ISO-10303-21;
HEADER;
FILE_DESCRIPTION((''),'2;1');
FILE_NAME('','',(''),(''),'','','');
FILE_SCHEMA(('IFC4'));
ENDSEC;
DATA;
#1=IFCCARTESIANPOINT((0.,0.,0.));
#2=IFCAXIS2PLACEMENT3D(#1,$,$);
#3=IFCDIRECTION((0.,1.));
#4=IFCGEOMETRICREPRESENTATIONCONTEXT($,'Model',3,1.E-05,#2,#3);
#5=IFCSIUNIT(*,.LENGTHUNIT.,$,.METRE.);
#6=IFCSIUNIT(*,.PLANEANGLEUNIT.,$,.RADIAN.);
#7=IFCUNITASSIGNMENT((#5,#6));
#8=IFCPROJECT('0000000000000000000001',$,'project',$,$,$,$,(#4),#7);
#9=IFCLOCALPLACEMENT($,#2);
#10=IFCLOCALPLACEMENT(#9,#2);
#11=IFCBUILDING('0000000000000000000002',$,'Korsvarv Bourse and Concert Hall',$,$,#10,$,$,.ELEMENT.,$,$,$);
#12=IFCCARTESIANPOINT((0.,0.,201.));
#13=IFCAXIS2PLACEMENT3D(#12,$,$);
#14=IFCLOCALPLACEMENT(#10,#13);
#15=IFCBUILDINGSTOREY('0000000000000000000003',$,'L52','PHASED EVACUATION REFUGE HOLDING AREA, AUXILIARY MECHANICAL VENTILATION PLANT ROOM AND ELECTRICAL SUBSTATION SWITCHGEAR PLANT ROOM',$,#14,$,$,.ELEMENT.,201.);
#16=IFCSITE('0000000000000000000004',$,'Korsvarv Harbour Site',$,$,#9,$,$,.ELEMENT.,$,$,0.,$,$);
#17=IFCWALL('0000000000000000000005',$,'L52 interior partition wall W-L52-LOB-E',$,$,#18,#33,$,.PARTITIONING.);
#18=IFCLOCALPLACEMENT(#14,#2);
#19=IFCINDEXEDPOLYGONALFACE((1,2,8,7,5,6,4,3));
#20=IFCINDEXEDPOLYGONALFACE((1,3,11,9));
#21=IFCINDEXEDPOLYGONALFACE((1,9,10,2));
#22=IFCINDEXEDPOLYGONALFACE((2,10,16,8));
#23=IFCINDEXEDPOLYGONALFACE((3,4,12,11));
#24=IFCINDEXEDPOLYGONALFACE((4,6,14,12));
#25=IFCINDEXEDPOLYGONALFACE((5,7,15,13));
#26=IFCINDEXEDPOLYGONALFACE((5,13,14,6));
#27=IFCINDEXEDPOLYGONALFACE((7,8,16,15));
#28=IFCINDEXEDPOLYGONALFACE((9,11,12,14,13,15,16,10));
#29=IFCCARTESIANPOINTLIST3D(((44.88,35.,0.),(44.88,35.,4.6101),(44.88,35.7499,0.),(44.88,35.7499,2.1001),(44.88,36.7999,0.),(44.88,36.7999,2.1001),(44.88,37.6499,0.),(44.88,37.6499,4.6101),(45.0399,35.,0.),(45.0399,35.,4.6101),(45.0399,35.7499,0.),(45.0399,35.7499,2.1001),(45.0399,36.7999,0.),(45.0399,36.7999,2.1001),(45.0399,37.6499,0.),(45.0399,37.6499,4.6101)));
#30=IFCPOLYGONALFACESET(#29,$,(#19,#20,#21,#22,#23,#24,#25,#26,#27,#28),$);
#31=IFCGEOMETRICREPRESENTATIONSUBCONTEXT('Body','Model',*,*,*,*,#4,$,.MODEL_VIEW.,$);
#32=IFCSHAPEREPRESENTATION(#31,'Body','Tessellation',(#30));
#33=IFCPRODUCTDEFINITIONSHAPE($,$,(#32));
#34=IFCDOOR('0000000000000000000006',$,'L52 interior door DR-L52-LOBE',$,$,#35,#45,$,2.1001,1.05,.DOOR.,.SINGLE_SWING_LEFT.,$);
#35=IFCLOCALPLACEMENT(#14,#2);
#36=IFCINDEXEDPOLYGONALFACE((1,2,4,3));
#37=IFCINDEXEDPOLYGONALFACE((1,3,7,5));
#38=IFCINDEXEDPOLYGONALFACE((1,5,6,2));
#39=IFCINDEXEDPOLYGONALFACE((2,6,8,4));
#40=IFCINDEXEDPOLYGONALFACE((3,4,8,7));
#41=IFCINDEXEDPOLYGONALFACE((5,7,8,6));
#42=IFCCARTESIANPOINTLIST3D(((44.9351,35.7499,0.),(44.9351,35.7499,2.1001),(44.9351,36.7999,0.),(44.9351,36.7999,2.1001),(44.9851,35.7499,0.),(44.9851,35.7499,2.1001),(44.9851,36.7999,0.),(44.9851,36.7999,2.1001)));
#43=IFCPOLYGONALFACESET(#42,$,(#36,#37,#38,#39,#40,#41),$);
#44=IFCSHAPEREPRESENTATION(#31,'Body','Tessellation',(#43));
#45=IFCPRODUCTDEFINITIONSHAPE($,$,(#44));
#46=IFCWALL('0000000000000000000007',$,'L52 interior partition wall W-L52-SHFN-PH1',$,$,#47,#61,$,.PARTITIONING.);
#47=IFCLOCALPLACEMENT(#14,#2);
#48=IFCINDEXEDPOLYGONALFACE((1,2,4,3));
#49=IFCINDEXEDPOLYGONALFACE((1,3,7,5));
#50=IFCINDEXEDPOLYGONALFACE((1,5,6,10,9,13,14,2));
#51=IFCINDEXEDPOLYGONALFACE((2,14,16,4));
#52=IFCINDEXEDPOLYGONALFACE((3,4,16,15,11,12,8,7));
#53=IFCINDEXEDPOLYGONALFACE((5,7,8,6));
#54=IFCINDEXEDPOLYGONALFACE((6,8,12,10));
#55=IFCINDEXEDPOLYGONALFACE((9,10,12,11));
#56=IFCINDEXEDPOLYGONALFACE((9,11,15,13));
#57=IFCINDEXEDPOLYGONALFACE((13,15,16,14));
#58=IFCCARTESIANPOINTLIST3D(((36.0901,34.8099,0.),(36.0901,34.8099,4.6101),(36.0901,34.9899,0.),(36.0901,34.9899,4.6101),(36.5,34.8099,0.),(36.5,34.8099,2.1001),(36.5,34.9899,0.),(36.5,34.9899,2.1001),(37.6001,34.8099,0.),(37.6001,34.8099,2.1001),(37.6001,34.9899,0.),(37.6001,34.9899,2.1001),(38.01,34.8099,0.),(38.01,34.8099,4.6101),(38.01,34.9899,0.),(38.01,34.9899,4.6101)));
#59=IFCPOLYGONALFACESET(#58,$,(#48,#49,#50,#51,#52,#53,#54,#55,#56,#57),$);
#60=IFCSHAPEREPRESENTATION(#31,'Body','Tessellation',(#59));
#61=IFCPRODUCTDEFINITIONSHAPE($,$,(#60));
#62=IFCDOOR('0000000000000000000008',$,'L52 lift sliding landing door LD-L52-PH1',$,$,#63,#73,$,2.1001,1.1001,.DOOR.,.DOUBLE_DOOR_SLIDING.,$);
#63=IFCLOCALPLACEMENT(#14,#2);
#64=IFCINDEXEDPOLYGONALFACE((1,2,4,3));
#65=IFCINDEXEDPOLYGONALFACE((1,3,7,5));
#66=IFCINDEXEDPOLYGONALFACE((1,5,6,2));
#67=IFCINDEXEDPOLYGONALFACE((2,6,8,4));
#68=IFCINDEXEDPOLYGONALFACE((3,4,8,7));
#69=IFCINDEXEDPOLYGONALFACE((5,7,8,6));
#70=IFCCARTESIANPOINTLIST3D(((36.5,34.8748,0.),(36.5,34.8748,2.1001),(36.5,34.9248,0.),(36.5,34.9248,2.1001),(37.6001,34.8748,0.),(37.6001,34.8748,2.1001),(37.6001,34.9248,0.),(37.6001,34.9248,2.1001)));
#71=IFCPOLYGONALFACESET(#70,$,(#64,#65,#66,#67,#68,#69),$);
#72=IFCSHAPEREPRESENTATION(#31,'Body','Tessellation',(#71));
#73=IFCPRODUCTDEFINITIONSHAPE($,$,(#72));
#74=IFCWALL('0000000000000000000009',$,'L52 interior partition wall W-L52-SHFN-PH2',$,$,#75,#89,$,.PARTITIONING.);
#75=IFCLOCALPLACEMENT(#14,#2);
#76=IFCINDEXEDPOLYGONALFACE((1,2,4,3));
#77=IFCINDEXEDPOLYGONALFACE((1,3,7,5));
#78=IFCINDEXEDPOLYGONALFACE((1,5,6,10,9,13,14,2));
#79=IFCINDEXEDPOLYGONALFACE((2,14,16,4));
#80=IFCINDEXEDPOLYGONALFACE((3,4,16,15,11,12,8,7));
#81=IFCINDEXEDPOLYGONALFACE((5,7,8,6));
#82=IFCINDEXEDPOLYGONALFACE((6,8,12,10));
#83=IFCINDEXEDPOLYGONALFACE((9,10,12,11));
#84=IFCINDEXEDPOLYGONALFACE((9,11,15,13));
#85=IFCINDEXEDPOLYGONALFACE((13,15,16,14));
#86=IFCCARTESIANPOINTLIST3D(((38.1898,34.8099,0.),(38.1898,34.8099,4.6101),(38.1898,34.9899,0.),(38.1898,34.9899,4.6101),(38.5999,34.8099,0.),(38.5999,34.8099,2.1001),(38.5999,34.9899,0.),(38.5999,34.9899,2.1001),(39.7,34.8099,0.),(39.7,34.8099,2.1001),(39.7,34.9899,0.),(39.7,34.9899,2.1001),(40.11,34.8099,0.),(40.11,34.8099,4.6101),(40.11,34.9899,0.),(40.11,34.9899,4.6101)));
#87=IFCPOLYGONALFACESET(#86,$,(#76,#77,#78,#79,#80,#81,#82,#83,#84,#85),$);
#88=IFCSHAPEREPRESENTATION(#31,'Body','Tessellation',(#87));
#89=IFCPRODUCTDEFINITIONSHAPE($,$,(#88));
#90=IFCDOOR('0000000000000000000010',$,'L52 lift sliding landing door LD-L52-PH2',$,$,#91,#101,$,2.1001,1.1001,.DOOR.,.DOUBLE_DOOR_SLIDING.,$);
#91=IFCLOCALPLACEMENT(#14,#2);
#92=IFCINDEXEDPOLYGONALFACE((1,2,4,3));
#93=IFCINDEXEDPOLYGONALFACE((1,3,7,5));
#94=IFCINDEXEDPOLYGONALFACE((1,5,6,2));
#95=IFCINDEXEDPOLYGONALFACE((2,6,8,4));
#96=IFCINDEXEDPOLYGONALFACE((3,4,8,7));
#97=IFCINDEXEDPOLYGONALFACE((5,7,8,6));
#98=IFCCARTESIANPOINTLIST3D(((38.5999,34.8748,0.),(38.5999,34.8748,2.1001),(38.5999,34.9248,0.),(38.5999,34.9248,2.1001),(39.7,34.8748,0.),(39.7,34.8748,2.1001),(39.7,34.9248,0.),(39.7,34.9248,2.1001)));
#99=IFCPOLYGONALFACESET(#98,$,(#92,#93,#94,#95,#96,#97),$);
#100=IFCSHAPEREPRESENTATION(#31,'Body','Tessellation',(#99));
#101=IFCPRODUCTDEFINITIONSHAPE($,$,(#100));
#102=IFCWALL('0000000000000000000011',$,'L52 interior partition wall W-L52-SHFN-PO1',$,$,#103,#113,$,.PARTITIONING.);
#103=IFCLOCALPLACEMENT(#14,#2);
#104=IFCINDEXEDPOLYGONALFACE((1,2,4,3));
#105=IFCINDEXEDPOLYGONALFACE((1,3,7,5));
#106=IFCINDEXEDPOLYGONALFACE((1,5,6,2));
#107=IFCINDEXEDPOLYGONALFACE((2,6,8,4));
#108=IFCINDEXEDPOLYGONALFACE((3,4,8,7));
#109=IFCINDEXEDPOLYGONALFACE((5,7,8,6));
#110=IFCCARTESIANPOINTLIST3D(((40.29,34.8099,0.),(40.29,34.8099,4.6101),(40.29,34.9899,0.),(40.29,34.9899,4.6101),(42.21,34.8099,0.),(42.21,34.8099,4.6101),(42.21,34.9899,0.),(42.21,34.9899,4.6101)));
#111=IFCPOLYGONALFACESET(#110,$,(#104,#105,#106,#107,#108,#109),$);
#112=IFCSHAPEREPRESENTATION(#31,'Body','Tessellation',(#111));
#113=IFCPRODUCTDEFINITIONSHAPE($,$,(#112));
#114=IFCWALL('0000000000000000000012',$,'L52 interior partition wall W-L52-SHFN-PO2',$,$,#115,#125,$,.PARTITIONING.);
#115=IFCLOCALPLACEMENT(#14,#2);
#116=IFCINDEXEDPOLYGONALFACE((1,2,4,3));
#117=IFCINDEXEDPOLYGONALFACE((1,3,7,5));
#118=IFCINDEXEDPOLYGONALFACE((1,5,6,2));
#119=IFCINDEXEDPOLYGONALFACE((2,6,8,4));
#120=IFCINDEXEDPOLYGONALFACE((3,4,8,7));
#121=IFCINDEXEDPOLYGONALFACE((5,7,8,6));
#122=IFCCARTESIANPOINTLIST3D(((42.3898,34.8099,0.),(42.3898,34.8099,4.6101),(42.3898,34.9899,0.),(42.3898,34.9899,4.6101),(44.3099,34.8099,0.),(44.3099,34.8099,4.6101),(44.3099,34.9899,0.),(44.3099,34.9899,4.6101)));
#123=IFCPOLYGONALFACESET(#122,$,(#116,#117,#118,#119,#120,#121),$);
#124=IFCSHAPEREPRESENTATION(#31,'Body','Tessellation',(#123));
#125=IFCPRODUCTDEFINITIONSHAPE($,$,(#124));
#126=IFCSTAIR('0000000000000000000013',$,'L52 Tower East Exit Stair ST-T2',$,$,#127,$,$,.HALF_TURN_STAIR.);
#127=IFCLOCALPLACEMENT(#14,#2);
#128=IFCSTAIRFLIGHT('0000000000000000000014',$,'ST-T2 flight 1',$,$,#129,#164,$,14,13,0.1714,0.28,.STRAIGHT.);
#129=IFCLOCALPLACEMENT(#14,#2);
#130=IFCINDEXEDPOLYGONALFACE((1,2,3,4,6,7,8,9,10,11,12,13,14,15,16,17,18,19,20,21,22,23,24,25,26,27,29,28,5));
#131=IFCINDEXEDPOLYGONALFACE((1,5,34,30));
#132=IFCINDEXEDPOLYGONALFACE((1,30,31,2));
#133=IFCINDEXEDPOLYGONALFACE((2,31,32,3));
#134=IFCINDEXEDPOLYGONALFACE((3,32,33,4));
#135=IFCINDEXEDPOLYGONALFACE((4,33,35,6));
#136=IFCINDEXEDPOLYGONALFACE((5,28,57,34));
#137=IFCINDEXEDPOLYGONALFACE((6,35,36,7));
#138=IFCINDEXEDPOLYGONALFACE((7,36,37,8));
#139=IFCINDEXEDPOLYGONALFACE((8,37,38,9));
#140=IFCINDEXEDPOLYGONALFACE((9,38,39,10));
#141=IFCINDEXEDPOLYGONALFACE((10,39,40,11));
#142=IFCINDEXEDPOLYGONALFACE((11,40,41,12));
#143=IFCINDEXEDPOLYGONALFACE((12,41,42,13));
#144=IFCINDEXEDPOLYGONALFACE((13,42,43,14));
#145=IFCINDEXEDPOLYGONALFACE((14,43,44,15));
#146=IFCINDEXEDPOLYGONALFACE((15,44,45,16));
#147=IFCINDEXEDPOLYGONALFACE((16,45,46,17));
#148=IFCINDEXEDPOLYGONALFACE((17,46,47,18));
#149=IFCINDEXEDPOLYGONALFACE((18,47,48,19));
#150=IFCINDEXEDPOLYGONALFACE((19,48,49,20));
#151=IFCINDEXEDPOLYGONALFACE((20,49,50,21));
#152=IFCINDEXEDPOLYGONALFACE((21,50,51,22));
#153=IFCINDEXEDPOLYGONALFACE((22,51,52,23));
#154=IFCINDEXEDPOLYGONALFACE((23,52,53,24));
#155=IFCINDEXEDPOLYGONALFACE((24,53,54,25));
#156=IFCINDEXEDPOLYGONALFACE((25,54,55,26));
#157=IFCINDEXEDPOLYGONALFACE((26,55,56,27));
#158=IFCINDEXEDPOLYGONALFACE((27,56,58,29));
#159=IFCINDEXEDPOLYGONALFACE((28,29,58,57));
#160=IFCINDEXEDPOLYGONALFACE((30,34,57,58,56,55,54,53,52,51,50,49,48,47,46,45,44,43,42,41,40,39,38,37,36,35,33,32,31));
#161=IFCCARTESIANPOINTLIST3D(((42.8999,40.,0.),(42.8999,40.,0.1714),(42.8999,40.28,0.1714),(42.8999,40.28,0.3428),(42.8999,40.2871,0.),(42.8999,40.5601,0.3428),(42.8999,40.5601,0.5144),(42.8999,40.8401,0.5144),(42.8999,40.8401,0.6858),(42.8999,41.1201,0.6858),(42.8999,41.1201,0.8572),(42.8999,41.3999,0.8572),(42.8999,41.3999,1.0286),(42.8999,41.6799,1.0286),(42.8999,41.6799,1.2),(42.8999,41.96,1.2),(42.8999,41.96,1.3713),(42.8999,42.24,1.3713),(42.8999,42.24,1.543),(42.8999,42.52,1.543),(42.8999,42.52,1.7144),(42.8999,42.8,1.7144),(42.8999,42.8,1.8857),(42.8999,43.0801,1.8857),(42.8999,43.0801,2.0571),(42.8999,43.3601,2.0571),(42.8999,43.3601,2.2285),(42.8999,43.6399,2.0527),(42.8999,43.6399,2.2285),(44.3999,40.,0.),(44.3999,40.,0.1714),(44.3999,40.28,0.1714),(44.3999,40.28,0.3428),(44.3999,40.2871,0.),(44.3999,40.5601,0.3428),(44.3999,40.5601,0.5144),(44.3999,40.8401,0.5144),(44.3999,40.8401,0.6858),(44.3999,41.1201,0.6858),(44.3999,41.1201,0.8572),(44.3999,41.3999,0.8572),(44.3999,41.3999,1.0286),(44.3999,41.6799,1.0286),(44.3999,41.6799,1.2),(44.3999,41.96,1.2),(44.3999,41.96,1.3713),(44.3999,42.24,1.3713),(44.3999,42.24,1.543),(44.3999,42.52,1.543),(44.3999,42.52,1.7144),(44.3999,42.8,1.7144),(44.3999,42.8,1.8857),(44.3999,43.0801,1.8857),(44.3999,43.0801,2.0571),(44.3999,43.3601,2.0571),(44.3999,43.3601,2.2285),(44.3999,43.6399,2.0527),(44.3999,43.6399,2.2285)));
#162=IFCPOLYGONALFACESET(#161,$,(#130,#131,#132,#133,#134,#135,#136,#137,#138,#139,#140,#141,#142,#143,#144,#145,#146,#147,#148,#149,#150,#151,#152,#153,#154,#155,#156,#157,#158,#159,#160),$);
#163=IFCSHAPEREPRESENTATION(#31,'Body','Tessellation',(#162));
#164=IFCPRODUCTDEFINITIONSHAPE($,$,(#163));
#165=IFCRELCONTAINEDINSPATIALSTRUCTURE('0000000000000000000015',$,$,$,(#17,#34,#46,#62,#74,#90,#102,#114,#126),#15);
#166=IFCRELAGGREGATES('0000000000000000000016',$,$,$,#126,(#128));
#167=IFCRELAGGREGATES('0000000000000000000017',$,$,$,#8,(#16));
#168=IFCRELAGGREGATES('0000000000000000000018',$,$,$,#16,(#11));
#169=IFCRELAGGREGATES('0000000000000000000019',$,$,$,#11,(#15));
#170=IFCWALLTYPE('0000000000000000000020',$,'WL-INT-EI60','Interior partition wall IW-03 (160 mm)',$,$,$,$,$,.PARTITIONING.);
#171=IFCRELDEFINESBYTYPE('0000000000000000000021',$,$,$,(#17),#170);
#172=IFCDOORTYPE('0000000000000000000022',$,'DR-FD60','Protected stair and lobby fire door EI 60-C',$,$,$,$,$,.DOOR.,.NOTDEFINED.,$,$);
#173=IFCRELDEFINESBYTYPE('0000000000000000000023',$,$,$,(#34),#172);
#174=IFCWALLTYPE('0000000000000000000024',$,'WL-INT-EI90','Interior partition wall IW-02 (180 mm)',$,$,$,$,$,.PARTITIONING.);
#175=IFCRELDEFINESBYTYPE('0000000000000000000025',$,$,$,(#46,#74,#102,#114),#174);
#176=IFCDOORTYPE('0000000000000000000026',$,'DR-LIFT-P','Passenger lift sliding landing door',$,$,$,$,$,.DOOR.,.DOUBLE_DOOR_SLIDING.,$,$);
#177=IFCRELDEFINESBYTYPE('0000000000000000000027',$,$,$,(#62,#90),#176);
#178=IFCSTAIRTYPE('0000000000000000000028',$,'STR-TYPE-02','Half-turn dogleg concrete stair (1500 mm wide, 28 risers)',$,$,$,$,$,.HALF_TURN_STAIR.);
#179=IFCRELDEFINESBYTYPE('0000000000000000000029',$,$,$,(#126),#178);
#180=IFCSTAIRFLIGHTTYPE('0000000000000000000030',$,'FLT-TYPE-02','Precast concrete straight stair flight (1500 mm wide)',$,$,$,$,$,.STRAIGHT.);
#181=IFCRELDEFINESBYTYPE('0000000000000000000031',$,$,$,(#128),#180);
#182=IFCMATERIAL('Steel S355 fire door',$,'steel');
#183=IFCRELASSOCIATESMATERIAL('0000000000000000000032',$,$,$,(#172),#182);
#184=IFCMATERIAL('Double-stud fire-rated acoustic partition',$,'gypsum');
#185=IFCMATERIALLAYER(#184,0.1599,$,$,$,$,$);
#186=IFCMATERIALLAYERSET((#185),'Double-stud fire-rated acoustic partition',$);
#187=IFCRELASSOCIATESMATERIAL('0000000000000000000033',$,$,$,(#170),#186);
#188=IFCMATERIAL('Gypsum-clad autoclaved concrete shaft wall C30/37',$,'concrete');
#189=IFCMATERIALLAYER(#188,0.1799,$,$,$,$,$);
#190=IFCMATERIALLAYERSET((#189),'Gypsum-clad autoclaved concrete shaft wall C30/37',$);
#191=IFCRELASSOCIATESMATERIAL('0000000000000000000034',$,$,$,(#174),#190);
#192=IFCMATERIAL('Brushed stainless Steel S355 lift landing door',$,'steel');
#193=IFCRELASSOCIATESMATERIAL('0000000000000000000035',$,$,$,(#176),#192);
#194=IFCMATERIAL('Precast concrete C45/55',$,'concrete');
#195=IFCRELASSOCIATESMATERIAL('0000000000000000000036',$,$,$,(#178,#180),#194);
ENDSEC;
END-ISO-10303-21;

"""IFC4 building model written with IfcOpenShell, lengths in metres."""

from ifc_helpers import new_model, si_unit, direction, frame, frame_2d, origin, place, context, subcontext, project, spatial, polyline, rectangle, outline, extrude, material, layer, layer_set, type_object, element, fill, aggregate, save


model = new_model("IFC4")

# Units and contexts
model_context = context("Model", 3, precision=1e-05, world=origin(), true_north=direction((0.0, 1.0)))
body_context = subcontext(model_context, "Body", "Model", "MODEL_VIEW")
ifc_project = project(units=[si_unit("LENGTHUNIT", "METRE"), si_unit("PLANEANGLEUNIT", "RADIAN")], contexts=[model_context])

# Site, building, storey
site_placement = place(None, origin())
site = spatial("IfcSite", under=ifc_project, at=site_placement, Name="Korsvarv Harbour Site", CompositionType="ELEMENT", RefElevation=0.0)
building_placement = place(site_placement, origin())
building = spatial("IfcBuilding", under=site, at=building_placement, Name="Korsvarv Bourse and Concert Hall", CompositionType="ELEMENT")
storey_placement = place(building_placement, frame((0.0, 0.0, 201.0)))
storey = spatial("IfcBuildingStorey", under=building, at=storey_placement, Name="L52", Description="PHASED EVACUATION REFUGE HOLDING AREA, AUXILIARY MECHANICAL VENTILATION PLANT ROOM AND ELECTRICAL SUBSTATION SWITCHGEAR PLANT ROOM", CompositionType="ELEMENT", Elevation=201.0)

# Shared definitions
ifc_material_1 = material(Name="Steel S355 fire door", Category="steel")
door_type_1 = type_object("IfcDoorType", Name="DR-FD60", Description="Protected stair and lobby fire door EI 60-C", OperationType="NOTDEFINED", PredefinedType="DOOR", material=ifc_material_1)

# Shared definitions
ifc_material_2 = material(Name="Double-stud fire-rated acoustic partition", Category="gypsum")
ifc_layer_1 = layer(ifc_material_2, 0.1599)
ifc_layer_set_1 = layer_set([ifc_layer_1], Name="Double-stud fire-rated acoustic partition")
wall_type_1 = type_object("IfcWallType", Name="WL-INT-EI60", Description="Interior partition wall IW-03 (160 mm)", PredefinedType="PARTITIONING", material=ifc_layer_set_1)

# Walls, openings, doors
wall_1_placement = place(storey_placement, frame((44.96, 35.0, 0.0), z_axis=(0.0, 0.0, 1.0), x_axis=(0.0, 1.0, 0.0)))
wall_1 = element("IfcWall", 1, at=wall_1_placement, inside=storey, type_object=wall_type_1, Name="L52 interior partition wall W-L52-LOB-E", PredefinedType="PARTITIONING", context=body_context, shape_type="SweptSolid", body=[
    extrude(rectangle(XDim=2.6499, YDim=0.1599, at=frame_2d((1.325, 0.0))), origin(), (0.0, 0.0, 1.0), 4.6101),
])
opening_1_placement = place(wall_1_placement, frame((0.75, 0.0, 0.0)))
opening_1 = element("IfcOpeningElement", 2, at=opening_1_placement, cuts=wall_1, PredefinedType="OPENING", context=body_context, shape_type="SweptSolid", body=[
    extrude(rectangle(XDim=1.05, YDim=2.1001, at=frame_2d((0.5249, 1.05))), frame((0.0, 0.0898, 0.0), z_axis=(0.0, -1.0, 0.0), x_axis=(1.0, 0.0, 0.0)), (0.0, 0.0, 1.0), 0.1799),
])
door_1_placement = place(opening_1_placement, origin())
door_1 = element("IfcDoor", 3, at=door_1_placement, inside=storey, type_object=door_type_1, Name="L52 interior door DR-L52-LOBE", OperationType="SINGLE_SWING_LEFT", OverallHeight=2.1001, OverallWidth=1.05, PredefinedType="DOOR", context=body_context, shape_type="SweptSolid", body=[
    extrude(rectangle(XDim=1.05, YDim=2.1001, at=frame_2d((0.5249, 1.05))), frame((0.0, 0.0249, 0.0), z_axis=(0.0, -1.0, 0.0), x_axis=(1.0, 0.0, 0.0)), (0.0, 0.0, 1.0), 0.05),
])
fill(opening_1, door_1)
ifc_material_3 = material(Name="Gypsum-clad autoclaved concrete shaft wall C30/37", Category="concrete")
ifc_layer_2 = layer(ifc_material_3, 0.1799)
ifc_layer_set_2 = layer_set([ifc_layer_2], Name="Gypsum-clad autoclaved concrete shaft wall C30/37")
wall_type_2 = type_object("IfcWallType", Name="WL-INT-EI90", Description="Interior partition wall IW-02 (180 mm)", PredefinedType="PARTITIONING", material=ifc_layer_set_2)
wall_2_placement = place(storey_placement, frame((36.0901, 34.8999, 0.0), z_axis=(0.0, 0.0, 1.0), x_axis=(1.0, 0.0, 0.0)))
wall_2 = element("IfcWall", 4, at=wall_2_placement, inside=storey, type_object=wall_type_2, Name="L52 interior partition wall W-L52-SHFN-PH1", PredefinedType="PARTITIONING", context=body_context, shape_type="SweptSolid", body=[
    extrude(rectangle(XDim=1.9199, YDim=0.1799, at=frame_2d((0.96, 0.0))), origin(), (0.0, 0.0, 1.0), 4.6101),
])
opening_2_placement = place(wall_2_placement, frame((0.4099, 0.0, 0.0)))
opening_2 = element("IfcOpeningElement", 5, at=opening_2_placement, cuts=wall_2, PredefinedType="OPENING", context=body_context, shape_type="SweptSolid", body=[
    extrude(rectangle(XDim=1.1001, YDim=2.1001, at=frame_2d((0.55, 1.05))), frame((0.0, 0.1001, 0.0), z_axis=(0.0, -1.0, 0.0), x_axis=(1.0, 0.0, 0.0)), (0.0, 0.0, 1.0), 0.2),
])
ifc_material_4 = material(Name="Brushed stainless Steel S355 lift landing door", Category="steel")
door_type_2 = type_object("IfcDoorType", Name="DR-LIFT-P", Description="Passenger lift sliding landing door", OperationType="DOUBLE_DOOR_SLIDING", PredefinedType="DOOR", material=ifc_material_4)
door_2_placement = place(opening_2_placement, origin())
door_2 = element("IfcDoor", 6, at=door_2_placement, inside=storey, type_object=door_type_2, Name="L52 lift sliding landing door LD-L52-PH1", OperationType="DOUBLE_DOOR_SLIDING", OverallHeight=2.1001, OverallWidth=1.1001, PredefinedType="DOOR", context=body_context, shape_type="SweptSolid", body=[
    extrude(rectangle(XDim=1.1001, YDim=2.1001, at=frame_2d((0.55, 1.05))), frame((0.0, 0.0249, 0.0), z_axis=(0.0, -1.0, 0.0), x_axis=(1.0, 0.0, 0.0)), (0.0, 0.0, 1.0), 0.05),
])
fill(opening_2, door_2)
wall_3_placement = place(storey_placement, frame((38.1899, 34.8999, 0.0), z_axis=(0.0, 0.0, 1.0), x_axis=(1.0, 0.0, 0.0)))
wall_3 = element("IfcWall", 7, at=wall_3_placement, inside=storey, type_object=wall_type_2, Name="L52 interior partition wall W-L52-SHFN-PH2", PredefinedType="PARTITIONING", context=body_context, shape_type="SweptSolid", body=[
    extrude(rectangle(XDim=1.9202, YDim=0.1799, at=frame_2d((0.96, 0.0))), origin(), (0.0, 0.0, 1.0), 4.6101),
])
opening_3_placement = place(wall_3_placement, frame((0.4099, 0.0, 0.0)))
opening_3 = element("IfcOpeningElement", 8, at=opening_3_placement, cuts=wall_3, PredefinedType="OPENING", context=body_context, shape_type="SweptSolid", body=[
    extrude(rectangle(XDim=1.1001, YDim=2.1001, at=frame_2d((0.55, 1.05))), frame((0.0, 0.1001, 0.0), z_axis=(0.0, -1.0, 0.0), x_axis=(1.0, 0.0, 0.0)), (0.0, 0.0, 1.0), 0.2),
])
door_3_placement = place(opening_3_placement, origin())
door_3 = element("IfcDoor", 9, at=door_3_placement, inside=storey, type_object=door_type_2, Name="L52 lift sliding landing door LD-L52-PH2", OperationType="DOUBLE_DOOR_SLIDING", OverallHeight=2.1001, OverallWidth=1.1001, PredefinedType="DOOR", context=body_context, shape_type="SweptSolid", body=[
    extrude(rectangle(XDim=1.1001, YDim=2.1001, at=frame_2d((0.55, 1.05))), frame((0.0, 0.0249, 0.0), z_axis=(0.0, -1.0, 0.0), x_axis=(1.0, 0.0, 0.0)), (0.0, 0.0, 1.0), 0.05),
])
fill(opening_3, door_3)

# Walls
wall_4_placement = place(storey_placement, frame((40.29, 34.8999, 0.0), z_axis=(0.0, 0.0, 1.0), x_axis=(1.0, 0.0, 0.0)))
element("IfcWall", 10, at=wall_4_placement, inside=storey, type_object=wall_type_2, Name="L52 interior partition wall W-L52-SHFN-PO1", PredefinedType="PARTITIONING", context=body_context, shape_type="SweptSolid", body=[
    extrude(rectangle(XDim=1.9199, YDim=0.1799, at=frame_2d((0.96, 0.0))), origin(), (0.0, 0.0, 1.0), 4.6101),
])
wall_5_placement = place(storey_placement, frame((42.3899, 34.8999, 0.0), z_axis=(0.0, 0.0, 1.0), x_axis=(1.0, 0.0, 0.0)))
element("IfcWall", 11, at=wall_5_placement, inside=storey, type_object=wall_type_2, Name="L52 interior partition wall W-L52-SHFN-PO2", PredefinedType="PARTITIONING", context=body_context, shape_type="SweptSolid", body=[
    extrude(rectangle(XDim=1.9202, YDim=0.1799, at=frame_2d((0.96, 0.0))), origin(), (0.0, 0.0, 1.0), 4.6101),
])

# Stair, stair flight
ifc_material_5 = material(Name="Precast concrete C45/55", Category="concrete")
stair_type = type_object("IfcStairType", Name="STR-TYPE-02", Description="Half-turn dogleg concrete stair (1500 mm wide, 28 risers)", PredefinedType="HALF_TURN_STAIR", material=ifc_material_5)
stair_placement = place(storey_placement, origin())
stair = element("IfcStair", 12, at=stair_placement, inside=storey, type_object=stair_type, Name="L52 Tower East Exit Stair ST-T2", PredefinedType="HALF_TURN_STAIR")
stair_flight_type = type_object("IfcStairFlightType", Name="FLT-TYPE-02", Description="Precast concrete straight stair flight (1500 mm wide)", PredefinedType="STRAIGHT", material=ifc_material_5)
stair_flight_placement = place(storey_placement, frame((43.6499, 40.0, 0.0), z_axis=(0.0, 0.0, 1.0), x_axis=(0.0, 1.0, 0.0)))
stair_flight = element("IfcStairFlight", 13, at=stair_flight_placement, type_object=stair_flight_type, Name="ST-T2 flight 1", NumberOfRisers=14, NumberOfTreads=13, PredefinedType="STRAIGHT", RiserHeight=0.1714, TreadLength=0.28, context=body_context, shape_type="SweptSolid", body=[
    extrude(outline(polyline([(0.0, 0.0), (0.0, 0.1714), (0.28, 0.1714), (0.28, 0.3428), (0.5601, 0.3428), (0.5601, 0.5144), (0.8401, 0.5144), (0.8401, 0.6858), (1.1201, 0.6858), (1.1201, 0.8572), (1.3999, 0.8572), (1.3999, 1.0286), (1.6799, 1.0286), (1.6799, 1.2), (1.96, 1.2), (1.96, 1.3713), (2.24, 1.3713), (2.24, 1.543), (2.52, 1.543), (2.52, 1.7144), (2.8, 1.7144), (2.8, 1.8857), (3.0801, 1.8857), (3.0801, 2.0571), (3.3601, 2.0571), (3.3601, 2.2285), (3.6399, 2.2285), (3.6399, 2.3999), (3.6399, 2.0527), (0.2871, 0.0), (0.0, 0.0)])), frame((0.0, 0.75, 0.0), z_axis=(0.0, -1.0, 0.0), x_axis=(1.0, 0.0, 0.0)), (0.0, 0.0, 1.0), 1.5),
])
aggregate(stair, [stair_flight])

save(model, "model.ifc")
